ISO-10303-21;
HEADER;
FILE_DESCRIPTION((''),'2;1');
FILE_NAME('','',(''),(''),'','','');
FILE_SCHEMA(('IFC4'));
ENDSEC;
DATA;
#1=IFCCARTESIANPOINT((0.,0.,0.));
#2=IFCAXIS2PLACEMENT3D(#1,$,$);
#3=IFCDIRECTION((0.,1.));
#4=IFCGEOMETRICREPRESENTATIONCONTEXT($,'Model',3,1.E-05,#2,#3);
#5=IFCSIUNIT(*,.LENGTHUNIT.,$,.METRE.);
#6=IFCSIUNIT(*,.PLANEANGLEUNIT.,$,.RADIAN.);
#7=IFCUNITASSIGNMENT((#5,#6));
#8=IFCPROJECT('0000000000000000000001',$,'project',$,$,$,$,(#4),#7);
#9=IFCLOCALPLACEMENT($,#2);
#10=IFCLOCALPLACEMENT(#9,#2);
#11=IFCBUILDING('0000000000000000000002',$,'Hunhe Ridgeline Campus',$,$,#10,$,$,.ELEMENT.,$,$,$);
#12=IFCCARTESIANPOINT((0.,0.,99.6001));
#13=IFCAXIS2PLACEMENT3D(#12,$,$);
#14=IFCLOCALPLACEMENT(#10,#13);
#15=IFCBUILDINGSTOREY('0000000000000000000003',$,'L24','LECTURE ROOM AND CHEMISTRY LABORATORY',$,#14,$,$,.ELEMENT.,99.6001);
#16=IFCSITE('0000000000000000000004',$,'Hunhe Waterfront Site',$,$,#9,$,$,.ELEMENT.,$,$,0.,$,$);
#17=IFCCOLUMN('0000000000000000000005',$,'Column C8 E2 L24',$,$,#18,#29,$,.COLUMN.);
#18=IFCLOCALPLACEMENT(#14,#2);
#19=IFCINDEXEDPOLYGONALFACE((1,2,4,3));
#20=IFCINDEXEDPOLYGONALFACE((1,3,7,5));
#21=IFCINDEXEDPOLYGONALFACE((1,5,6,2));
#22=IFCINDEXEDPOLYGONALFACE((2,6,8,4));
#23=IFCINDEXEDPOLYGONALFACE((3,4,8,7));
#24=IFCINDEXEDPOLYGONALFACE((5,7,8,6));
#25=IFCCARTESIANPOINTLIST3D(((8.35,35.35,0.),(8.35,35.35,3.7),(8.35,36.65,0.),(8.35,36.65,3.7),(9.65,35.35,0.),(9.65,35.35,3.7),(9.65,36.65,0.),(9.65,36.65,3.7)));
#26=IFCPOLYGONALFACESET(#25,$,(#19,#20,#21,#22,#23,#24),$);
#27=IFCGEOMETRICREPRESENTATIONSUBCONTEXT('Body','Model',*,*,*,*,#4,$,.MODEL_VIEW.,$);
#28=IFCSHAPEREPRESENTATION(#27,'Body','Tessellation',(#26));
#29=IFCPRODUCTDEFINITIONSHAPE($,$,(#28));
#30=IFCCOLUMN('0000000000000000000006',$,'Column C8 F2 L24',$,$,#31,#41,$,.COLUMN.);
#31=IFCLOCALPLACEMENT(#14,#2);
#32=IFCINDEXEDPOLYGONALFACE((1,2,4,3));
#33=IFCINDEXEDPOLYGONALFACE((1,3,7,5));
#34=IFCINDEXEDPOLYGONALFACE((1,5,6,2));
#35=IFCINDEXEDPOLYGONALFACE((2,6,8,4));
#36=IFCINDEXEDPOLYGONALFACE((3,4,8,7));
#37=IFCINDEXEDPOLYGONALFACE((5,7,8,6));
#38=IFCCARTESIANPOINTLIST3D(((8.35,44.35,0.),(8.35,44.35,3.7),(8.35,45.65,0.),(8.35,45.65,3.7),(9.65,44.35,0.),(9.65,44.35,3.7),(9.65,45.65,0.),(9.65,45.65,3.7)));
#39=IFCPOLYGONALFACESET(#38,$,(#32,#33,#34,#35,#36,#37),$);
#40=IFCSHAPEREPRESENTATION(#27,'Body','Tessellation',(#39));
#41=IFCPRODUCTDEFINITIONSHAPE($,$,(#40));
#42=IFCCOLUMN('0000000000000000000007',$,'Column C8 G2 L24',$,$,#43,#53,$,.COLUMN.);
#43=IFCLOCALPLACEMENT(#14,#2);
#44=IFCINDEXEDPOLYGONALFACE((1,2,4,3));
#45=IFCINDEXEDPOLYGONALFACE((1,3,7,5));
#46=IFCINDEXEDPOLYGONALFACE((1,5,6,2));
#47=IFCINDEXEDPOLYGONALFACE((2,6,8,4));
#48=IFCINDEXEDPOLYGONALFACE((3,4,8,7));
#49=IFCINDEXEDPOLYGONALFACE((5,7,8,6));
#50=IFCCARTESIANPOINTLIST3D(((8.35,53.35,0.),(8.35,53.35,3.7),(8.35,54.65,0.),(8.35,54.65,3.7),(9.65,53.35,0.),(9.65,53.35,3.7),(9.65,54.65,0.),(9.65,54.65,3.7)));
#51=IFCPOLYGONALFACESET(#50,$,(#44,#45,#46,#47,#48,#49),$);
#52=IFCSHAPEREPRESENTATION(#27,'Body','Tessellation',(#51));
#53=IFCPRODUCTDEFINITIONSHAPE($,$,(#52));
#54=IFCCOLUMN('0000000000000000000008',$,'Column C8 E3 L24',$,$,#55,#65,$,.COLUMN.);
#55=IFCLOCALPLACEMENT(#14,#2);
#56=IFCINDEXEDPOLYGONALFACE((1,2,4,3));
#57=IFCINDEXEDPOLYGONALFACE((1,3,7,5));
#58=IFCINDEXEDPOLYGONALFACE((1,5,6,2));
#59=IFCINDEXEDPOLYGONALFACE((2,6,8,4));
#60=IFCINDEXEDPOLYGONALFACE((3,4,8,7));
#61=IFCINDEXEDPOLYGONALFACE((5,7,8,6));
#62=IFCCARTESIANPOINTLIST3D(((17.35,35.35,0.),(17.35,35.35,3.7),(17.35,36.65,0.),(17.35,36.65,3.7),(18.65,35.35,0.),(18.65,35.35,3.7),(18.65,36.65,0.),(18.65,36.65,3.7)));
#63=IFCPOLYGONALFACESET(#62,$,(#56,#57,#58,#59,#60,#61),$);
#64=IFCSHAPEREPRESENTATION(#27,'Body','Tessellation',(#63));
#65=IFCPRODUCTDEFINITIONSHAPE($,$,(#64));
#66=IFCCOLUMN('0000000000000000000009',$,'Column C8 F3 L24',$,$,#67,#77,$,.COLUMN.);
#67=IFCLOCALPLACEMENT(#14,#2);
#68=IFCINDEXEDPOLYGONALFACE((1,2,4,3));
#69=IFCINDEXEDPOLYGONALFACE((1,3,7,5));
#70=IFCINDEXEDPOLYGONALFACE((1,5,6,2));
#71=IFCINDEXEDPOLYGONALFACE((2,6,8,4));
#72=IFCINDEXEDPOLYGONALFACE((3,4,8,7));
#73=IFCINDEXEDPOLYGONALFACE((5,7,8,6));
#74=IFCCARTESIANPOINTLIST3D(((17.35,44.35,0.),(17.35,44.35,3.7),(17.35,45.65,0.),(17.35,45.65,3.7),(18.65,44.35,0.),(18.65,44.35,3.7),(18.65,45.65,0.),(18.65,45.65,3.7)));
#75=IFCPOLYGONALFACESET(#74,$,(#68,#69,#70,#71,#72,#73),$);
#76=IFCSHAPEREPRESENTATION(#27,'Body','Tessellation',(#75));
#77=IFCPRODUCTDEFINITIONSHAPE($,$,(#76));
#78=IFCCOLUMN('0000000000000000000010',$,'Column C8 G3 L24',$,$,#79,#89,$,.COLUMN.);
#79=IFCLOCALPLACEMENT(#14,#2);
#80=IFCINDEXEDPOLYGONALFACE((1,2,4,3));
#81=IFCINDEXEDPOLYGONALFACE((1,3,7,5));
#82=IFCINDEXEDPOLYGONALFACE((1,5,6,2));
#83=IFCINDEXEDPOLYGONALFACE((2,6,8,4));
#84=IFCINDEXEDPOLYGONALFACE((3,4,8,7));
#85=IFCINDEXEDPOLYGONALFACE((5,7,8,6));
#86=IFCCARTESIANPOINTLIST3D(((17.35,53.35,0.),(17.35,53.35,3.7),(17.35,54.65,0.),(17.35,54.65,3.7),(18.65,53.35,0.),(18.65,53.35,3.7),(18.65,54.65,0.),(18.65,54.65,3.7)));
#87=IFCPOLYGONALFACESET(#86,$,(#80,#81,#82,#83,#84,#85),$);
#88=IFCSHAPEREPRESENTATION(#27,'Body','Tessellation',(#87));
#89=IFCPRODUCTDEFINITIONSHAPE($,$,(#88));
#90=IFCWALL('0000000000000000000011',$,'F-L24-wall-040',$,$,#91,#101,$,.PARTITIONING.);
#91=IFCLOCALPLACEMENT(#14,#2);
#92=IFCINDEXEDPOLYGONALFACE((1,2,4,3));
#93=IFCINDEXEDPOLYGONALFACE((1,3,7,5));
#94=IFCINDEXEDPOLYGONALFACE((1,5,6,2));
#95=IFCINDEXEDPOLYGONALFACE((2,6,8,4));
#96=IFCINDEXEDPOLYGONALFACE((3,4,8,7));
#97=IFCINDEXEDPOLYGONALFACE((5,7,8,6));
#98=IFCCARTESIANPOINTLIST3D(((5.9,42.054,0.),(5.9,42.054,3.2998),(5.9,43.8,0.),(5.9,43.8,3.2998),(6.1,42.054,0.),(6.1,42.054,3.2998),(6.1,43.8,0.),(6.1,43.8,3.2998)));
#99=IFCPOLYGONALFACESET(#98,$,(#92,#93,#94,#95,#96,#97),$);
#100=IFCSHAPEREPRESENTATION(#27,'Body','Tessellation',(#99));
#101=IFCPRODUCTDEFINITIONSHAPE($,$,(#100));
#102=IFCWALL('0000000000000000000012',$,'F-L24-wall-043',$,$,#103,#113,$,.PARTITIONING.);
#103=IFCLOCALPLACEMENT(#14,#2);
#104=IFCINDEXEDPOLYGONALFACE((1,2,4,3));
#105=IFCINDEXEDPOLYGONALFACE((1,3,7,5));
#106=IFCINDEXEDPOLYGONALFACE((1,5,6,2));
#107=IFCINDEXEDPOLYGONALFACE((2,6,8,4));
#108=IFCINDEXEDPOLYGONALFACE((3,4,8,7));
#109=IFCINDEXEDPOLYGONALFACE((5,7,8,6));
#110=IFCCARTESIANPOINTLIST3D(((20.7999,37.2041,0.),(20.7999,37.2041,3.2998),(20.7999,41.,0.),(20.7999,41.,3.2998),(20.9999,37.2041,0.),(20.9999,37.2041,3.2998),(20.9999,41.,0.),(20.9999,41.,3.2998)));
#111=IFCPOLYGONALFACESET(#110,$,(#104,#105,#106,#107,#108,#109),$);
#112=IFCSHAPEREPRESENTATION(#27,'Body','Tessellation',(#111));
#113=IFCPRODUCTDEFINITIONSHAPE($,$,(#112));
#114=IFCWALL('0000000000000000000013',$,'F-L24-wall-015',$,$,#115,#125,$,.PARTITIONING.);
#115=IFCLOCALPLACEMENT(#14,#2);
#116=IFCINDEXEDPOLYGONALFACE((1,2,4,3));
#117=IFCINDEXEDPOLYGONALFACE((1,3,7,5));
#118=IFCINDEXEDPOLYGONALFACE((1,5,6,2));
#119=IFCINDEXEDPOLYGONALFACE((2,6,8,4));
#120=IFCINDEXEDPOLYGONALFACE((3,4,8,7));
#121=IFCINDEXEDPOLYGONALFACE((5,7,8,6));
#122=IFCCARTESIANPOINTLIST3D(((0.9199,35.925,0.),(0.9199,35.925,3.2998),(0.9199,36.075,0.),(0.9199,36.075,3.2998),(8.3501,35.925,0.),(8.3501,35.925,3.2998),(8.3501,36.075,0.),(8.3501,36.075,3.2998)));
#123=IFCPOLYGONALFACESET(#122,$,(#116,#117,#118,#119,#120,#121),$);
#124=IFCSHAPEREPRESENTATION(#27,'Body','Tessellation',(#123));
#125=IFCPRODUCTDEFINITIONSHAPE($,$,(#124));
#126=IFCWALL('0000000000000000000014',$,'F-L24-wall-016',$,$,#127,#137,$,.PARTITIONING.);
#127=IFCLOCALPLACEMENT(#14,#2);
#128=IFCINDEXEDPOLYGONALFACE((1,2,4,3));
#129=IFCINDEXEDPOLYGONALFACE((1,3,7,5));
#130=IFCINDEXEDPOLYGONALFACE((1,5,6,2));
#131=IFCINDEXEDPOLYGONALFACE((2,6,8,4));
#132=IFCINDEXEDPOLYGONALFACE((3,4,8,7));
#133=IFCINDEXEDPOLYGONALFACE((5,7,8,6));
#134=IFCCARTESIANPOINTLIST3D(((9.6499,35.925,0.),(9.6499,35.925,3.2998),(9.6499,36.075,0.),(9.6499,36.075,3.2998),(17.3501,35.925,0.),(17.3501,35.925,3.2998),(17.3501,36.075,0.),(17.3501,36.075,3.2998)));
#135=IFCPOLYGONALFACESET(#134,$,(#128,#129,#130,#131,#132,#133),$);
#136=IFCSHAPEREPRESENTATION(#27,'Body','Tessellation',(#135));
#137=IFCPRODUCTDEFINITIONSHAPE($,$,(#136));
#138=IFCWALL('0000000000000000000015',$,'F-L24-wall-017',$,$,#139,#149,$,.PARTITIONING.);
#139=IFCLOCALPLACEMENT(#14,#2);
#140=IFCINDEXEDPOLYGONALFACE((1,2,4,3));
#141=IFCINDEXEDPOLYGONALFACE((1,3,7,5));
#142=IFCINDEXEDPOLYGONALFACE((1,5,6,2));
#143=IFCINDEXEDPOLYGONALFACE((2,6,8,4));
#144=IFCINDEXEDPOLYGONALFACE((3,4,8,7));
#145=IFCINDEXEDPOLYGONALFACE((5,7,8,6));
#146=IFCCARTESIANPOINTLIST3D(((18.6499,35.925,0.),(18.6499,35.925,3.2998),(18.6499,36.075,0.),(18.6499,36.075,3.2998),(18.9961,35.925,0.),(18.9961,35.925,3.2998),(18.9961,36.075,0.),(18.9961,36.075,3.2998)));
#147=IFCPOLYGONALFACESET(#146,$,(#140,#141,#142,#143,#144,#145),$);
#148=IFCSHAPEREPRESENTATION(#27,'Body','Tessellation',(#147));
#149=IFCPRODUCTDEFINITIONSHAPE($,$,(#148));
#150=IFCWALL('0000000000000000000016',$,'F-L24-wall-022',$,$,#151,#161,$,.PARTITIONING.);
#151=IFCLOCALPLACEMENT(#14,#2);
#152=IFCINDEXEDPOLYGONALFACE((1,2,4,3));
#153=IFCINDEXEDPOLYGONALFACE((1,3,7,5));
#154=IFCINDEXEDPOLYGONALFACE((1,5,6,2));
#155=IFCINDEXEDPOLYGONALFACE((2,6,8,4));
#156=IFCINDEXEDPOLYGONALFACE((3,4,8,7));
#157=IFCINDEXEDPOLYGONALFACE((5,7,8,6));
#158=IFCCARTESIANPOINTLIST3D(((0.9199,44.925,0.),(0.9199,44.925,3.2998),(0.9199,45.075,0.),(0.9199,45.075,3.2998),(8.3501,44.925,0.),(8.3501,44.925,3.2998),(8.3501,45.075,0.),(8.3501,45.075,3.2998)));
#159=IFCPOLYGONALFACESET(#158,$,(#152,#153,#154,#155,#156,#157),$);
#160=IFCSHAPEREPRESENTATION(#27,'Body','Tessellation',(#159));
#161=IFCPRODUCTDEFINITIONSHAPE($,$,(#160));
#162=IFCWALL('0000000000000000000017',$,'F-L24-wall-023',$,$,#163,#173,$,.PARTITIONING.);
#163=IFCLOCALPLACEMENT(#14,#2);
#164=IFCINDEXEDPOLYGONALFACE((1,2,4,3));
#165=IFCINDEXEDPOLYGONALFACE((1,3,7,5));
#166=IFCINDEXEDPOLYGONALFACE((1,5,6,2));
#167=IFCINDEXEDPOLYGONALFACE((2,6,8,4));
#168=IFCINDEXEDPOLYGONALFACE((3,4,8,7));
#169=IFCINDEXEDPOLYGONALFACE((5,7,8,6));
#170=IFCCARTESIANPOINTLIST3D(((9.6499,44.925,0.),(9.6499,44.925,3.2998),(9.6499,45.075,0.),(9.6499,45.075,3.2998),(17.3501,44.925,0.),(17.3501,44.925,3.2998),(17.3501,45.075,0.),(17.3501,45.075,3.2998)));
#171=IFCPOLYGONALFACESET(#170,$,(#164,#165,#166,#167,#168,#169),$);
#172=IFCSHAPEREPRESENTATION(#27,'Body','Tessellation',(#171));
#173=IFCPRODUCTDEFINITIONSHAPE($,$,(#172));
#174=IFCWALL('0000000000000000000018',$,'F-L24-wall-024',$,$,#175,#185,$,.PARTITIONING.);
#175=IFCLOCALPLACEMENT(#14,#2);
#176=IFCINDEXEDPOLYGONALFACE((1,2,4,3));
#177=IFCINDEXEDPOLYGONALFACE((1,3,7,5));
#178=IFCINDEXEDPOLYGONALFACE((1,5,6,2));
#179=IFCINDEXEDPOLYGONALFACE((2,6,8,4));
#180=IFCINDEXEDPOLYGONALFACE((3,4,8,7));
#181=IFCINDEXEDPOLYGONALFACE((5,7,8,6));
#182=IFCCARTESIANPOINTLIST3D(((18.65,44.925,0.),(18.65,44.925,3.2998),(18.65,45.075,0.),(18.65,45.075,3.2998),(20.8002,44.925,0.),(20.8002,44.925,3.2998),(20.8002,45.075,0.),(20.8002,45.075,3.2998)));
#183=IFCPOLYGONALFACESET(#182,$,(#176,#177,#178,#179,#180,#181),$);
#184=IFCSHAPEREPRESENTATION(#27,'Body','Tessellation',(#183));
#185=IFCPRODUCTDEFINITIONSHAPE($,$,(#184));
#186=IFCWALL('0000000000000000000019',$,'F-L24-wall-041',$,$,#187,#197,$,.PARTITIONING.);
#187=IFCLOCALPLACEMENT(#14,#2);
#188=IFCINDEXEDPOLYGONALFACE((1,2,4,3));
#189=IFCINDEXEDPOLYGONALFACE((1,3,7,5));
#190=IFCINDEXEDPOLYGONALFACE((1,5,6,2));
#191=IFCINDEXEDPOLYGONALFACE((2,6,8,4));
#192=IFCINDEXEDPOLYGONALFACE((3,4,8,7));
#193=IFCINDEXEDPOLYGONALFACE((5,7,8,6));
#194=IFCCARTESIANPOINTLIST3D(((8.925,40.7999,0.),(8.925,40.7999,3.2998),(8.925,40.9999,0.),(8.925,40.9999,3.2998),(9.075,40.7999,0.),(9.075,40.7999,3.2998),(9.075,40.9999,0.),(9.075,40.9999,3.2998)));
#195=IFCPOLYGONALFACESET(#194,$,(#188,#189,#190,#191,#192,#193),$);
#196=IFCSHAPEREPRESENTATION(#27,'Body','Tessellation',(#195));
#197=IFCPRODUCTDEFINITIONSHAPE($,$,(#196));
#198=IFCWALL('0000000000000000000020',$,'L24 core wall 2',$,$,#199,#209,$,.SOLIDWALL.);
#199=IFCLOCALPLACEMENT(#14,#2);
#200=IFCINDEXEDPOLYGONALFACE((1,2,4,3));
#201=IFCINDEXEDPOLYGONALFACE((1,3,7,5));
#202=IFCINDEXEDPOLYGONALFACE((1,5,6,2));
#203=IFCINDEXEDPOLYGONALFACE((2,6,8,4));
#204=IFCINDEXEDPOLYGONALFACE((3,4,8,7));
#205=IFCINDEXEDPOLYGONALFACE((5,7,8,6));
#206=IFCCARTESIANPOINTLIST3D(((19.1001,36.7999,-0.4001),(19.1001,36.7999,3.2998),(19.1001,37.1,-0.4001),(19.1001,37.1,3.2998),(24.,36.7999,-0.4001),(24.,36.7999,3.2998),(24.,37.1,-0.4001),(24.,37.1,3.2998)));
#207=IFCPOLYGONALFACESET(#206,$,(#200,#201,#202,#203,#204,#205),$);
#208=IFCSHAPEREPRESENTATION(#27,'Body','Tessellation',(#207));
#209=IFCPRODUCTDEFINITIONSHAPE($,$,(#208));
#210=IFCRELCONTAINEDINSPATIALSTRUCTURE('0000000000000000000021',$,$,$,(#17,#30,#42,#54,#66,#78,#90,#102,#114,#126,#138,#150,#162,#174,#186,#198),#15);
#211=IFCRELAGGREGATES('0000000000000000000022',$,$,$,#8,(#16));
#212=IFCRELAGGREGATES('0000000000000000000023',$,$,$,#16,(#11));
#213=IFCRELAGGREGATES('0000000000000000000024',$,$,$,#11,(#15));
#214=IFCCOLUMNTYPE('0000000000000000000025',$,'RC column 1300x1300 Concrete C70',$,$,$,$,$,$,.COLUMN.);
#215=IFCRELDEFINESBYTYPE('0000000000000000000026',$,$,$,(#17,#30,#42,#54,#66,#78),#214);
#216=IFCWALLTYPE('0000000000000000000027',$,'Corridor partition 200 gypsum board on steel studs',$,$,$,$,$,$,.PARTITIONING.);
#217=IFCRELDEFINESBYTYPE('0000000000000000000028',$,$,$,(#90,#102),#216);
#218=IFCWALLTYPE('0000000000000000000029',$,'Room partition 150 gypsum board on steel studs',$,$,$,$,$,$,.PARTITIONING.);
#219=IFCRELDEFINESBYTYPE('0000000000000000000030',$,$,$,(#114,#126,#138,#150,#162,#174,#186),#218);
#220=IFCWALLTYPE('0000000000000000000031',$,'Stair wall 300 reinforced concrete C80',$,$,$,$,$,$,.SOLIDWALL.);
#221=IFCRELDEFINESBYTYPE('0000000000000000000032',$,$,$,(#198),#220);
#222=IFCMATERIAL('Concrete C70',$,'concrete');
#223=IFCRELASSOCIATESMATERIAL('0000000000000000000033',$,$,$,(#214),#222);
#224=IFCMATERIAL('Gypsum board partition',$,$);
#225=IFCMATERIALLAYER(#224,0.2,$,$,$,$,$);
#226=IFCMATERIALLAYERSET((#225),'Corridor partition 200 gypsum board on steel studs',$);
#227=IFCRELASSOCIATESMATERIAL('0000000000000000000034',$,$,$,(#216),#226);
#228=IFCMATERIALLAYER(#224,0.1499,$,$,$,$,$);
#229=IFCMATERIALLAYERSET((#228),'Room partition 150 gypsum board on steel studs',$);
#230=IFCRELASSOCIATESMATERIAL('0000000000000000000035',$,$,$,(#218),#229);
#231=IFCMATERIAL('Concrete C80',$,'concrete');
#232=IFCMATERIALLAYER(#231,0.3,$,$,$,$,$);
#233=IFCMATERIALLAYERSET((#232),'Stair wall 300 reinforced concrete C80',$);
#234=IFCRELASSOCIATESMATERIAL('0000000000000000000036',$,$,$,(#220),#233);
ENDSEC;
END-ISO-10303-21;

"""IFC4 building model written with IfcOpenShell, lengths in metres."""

from ifc_helpers import new_model, si_unit, direction, frame, frame_2d, origin, origin_2d, place, context, subcontext, project, spatial, rectangle, extrude, material, layer, layer_set, material_profile, profile_set, type_object, element, save


model = new_model("IFC4")

# Units and contexts
model_context = context("Model", 3, precision=1e-05, world=origin(), true_north=direction((0.0, 1.0)))
body_context = subcontext(model_context, "Body", "Model", "MODEL_VIEW")
ifc_project = project(units=[si_unit("LENGTHUNIT", "METRE"), si_unit("PLANEANGLEUNIT", "RADIAN")], contexts=[model_context])

# Site, building, storey
site_placement = place(None, origin())
site = spatial("IfcSite", under=ifc_project, at=site_placement, Name="Hunhe Waterfront Site", CompositionType="ELEMENT", RefElevation=0.0)
building_placement = place(site_placement, origin())
building = spatial("IfcBuilding", under=site, at=building_placement, Name="Hunhe Ridgeline Campus", CompositionType="ELEMENT")
storey_placement = place(building_placement, frame((0.0, 0.0, 99.6001)))
storey = spatial("IfcBuildingStorey", under=building, at=storey_placement, Name="L24", Description="LECTURE ROOM AND CHEMISTRY LABORATORY", CompositionType="ELEMENT", Elevation=99.6001)

# Columns
ifc_material_1 = material(Name="Concrete C70", Category="concrete")
ifc_material_profile = material_profile(ifc_material_1, rectangle(XDim=1.3, YDim=1.3, at=origin_2d()))
ifc_profile_set = profile_set([ifc_material_profile], Name="Concrete C70")
column_type = type_object("IfcColumnType", Name="RC column 1300x1300 Concrete C70", PredefinedType="COLUMN", material=ifc_profile_set)
for number, where, z_axis, x_axis, name in (
    (1, (9.0, 36.0, 0.0), (0.0, 0.0, 1.0), (1.0, 0.0, 0.0), "Column C8 E2 L24"),
    (2, (9.0, 45.0, 0.0), (0.0, 0.0, 1.0), (1.0, 0.0, 0.0), "Column C8 F2 L24"),
    (3, (9.0, 54.0, 0.0), (0.0, 0.0, 1.0), (1.0, 0.0, 0.0), "Column C8 G2 L24"),
    (4, (18.0, 36.0, 0.0), (0.0, 0.0, 1.0), (1.0, 0.0, 0.0), "Column C8 E3 L24"),
    (5, (18.0, 45.0, 0.0), (0.0, 0.0, 1.0), (1.0, 0.0, 0.0), "Column C8 F3 L24"),
    (6, (18.0, 54.0, 0.0), (0.0, 0.0, 1.0), (1.0, 0.0, 0.0), "Column C8 G3 L24"),
):
    element("IfcColumn", number, at=place(storey_placement, frame(where, z_axis=z_axis, x_axis=x_axis)), inside=storey, type_object=column_type, Name=name, PredefinedType="COLUMN", context=body_context, shape_type="SweptSolid", body=[
        extrude(rectangle(XDim=1.3, YDim=1.3, at=origin_2d()), origin(), (0.0, 0.0, 1.0), 3.7),
    ])

# Shared definitions
ifc_material_2 = material(Name="Gypsum board partition")
ifc_layer_1 = layer(ifc_material_2, 0.2)
ifc_layer_set_1 = layer_set([ifc_layer_1], Name="Corridor partition 200 gypsum board on steel studs")
wall_type_1 = type_object("IfcWallType", Name="Corridor partition 200 gypsum board on steel studs", PredefinedType="PARTITIONING", material=ifc_layer_set_1)

# Walls
wall_1_placement = place(storey_placement, frame((6.0, 42.054, 0.0), z_axis=(0.0, 0.0, 1.0), x_axis=(0.0, 1.0, 0.0)))
element("IfcWall", 7, at=wall_1_placement, inside=storey, type_object=wall_type_1, Name="F-L24-wall-040", PredefinedType="PARTITIONING", context=body_context, shape_type="SweptSolid", body=[
    extrude(rectangle(XDim=1.7461, YDim=0.2, at=frame_2d((0.873, 0.0))), origin(), (0.0, 0.0, 1.0), 3.2998),
])
wall_2_placement = place(storey_placement, frame((20.8999, 37.2041, 0.0), z_axis=(0.0, 0.0, 1.0), x_axis=(0.0, 1.0, 0.0)))
element("IfcWall", 8, at=wall_2_placement, inside=storey, type_object=wall_type_1, Name="F-L24-wall-043", PredefinedType="PARTITIONING", context=body_context, shape_type="SweptSolid", body=[
    extrude(rectangle(XDim=3.7959, YDim=0.2, at=frame_2d((1.8979, 0.0))), origin(), (0.0, 0.0, 1.0), 3.2998),
])
ifc_layer_2 = layer(ifc_material_2, 0.1499)
ifc_layer_set_2 = layer_set([ifc_layer_2], Name="Room partition 150 gypsum board on steel studs")
wall_type_2 = type_object("IfcWallType", Name="Room partition 150 gypsum board on steel studs", PredefinedType="PARTITIONING", material=ifc_layer_set_2)
wall_3_placement = place(storey_placement, frame((0.9199, 36.0, 0.0), z_axis=(0.0, 0.0, 1.0), x_axis=(1.0, 0.0, 0.0)))
element("IfcWall", 9, at=wall_3_placement, inside=storey, type_object=wall_type_2, Name="F-L24-wall-015", PredefinedType="PARTITIONING", context=body_context, shape_type="SweptSolid", body=[
    extrude(rectangle(XDim=7.4302, YDim=0.1499, at=frame_2d((3.7151, 0.0))), origin(), (0.0, 0.0, 1.0), 3.2998),
])
wall_4_placement = place(storey_placement, frame((9.6499, 36.0, 0.0), z_axis=(0.0, 0.0, 1.0), x_axis=(1.0, 0.0, 0.0)))
element("IfcWall", 10, at=wall_4_placement, inside=storey, type_object=wall_type_2, Name="F-L24-wall-016", PredefinedType="PARTITIONING", context=body_context, shape_type="SweptSolid", body=[
    extrude(rectangle(XDim=7.7002, YDim=0.1499, at=frame_2d((3.8501, 0.0))), origin(), (0.0, 0.0, 1.0), 3.2998),
])
wall_5_placement = place(storey_placement, frame((18.6499, 36.0, 0.0), z_axis=(0.0, 0.0, 1.0), x_axis=(1.0, 0.0, 0.0)))
element("IfcWall", 11, at=wall_5_placement, inside=storey, type_object=wall_type_2, Name="F-L24-wall-017", PredefinedType="PARTITIONING", context=body_context, shape_type="SweptSolid", body=[
    extrude(rectangle(XDim=0.3462, YDim=0.1499, at=frame_2d((0.1731, 0.0))), origin(), (0.0, 0.0, 1.0), 3.2998),
])
wall_6_placement = place(storey_placement, frame((0.9199, 45.0, 0.0), z_axis=(0.0, 0.0, 1.0), x_axis=(1.0, 0.0, 0.0)))
element("IfcWall", 12, at=wall_6_placement, inside=storey, type_object=wall_type_2, Name="F-L24-wall-022", PredefinedType="PARTITIONING", context=body_context, shape_type="SweptSolid", body=[
    extrude(rectangle(XDim=7.4302, YDim=0.1499, at=frame_2d((3.7151, 0.0))), origin(), (0.0, 0.0, 1.0), 3.2998),
])
wall_7_placement = place(storey_placement, frame((9.6499, 45.0, 0.0), z_axis=(0.0, 0.0, 1.0), x_axis=(1.0, 0.0, 0.0)))
element("IfcWall", 13, at=wall_7_placement, inside=storey, type_object=wall_type_2, Name="F-L24-wall-023", PredefinedType="PARTITIONING", context=body_context, shape_type="SweptSolid", body=[
    extrude(rectangle(XDim=7.7002, YDim=0.1499, at=frame_2d((3.8501, 0.0))), origin(), (0.0, 0.0, 1.0), 3.2998),
])
wall_8_placement = place(storey_placement, frame((18.6499, 45.0, 0.0), z_axis=(0.0, 0.0, 1.0), x_axis=(1.0, 0.0, 0.0)))
element("IfcWall", 14, at=wall_8_placement, inside=storey, type_object=wall_type_2, Name="F-L24-wall-024", PredefinedType="PARTITIONING", context=body_context, shape_type="SweptSolid", body=[
    extrude(rectangle(XDim=2.1501, YDim=0.1499, at=frame_2d((1.0752, 0.0))), origin(), (0.0, 0.0, 1.0), 3.2998),
])
wall_9_placement = place(storey_placement, frame((9.0, 41.0, 0.0), z_axis=(0.0, 0.0, 1.0), x_axis=(0.0, -1.0, 0.0)))
element("IfcWall", 15, at=wall_9_placement, inside=storey, type_object=wall_type_2, Name="F-L24-wall-041", PredefinedType="PARTITIONING", context=body_context, shape_type="SweptSolid", body=[
    extrude(rectangle(XDim=0.2, YDim=0.1499, at=frame_2d((0.1001, 0.0))), origin(), (0.0, 0.0, 1.0), 3.2998),
])
ifc_material_3 = material(Name="Concrete C80", Category="concrete")
ifc_layer_3 = layer(ifc_material_3, 0.3)
ifc_layer_set_3 = layer_set([ifc_layer_3], Name="Stair wall 300 reinforced concrete C80")
wall_type_3 = type_object("IfcWallType", Name="Stair wall 300 reinforced concrete C80", PredefinedType="SOLIDWALL", material=ifc_layer_set_3)
wall_10_placement = place(storey_placement, frame((19.1001, 36.95, -0.4001), z_axis=(0.0, 0.0, 1.0), x_axis=(1.0, 0.0, 0.0)))
element("IfcWall", 16, at=wall_10_placement, inside=storey, type_object=wall_type_3, Name="L24 core wall 2", PredefinedType="SOLIDWALL", context=body_context, shape_type="SweptSolid", body=[
    extrude(rectangle(XDim=4.8999, YDim=0.3, at=frame_2d((2.45, 0.0))), origin(), (0.0, 0.0, 1.0), 3.7),
])

save(model, "model.ifc")
